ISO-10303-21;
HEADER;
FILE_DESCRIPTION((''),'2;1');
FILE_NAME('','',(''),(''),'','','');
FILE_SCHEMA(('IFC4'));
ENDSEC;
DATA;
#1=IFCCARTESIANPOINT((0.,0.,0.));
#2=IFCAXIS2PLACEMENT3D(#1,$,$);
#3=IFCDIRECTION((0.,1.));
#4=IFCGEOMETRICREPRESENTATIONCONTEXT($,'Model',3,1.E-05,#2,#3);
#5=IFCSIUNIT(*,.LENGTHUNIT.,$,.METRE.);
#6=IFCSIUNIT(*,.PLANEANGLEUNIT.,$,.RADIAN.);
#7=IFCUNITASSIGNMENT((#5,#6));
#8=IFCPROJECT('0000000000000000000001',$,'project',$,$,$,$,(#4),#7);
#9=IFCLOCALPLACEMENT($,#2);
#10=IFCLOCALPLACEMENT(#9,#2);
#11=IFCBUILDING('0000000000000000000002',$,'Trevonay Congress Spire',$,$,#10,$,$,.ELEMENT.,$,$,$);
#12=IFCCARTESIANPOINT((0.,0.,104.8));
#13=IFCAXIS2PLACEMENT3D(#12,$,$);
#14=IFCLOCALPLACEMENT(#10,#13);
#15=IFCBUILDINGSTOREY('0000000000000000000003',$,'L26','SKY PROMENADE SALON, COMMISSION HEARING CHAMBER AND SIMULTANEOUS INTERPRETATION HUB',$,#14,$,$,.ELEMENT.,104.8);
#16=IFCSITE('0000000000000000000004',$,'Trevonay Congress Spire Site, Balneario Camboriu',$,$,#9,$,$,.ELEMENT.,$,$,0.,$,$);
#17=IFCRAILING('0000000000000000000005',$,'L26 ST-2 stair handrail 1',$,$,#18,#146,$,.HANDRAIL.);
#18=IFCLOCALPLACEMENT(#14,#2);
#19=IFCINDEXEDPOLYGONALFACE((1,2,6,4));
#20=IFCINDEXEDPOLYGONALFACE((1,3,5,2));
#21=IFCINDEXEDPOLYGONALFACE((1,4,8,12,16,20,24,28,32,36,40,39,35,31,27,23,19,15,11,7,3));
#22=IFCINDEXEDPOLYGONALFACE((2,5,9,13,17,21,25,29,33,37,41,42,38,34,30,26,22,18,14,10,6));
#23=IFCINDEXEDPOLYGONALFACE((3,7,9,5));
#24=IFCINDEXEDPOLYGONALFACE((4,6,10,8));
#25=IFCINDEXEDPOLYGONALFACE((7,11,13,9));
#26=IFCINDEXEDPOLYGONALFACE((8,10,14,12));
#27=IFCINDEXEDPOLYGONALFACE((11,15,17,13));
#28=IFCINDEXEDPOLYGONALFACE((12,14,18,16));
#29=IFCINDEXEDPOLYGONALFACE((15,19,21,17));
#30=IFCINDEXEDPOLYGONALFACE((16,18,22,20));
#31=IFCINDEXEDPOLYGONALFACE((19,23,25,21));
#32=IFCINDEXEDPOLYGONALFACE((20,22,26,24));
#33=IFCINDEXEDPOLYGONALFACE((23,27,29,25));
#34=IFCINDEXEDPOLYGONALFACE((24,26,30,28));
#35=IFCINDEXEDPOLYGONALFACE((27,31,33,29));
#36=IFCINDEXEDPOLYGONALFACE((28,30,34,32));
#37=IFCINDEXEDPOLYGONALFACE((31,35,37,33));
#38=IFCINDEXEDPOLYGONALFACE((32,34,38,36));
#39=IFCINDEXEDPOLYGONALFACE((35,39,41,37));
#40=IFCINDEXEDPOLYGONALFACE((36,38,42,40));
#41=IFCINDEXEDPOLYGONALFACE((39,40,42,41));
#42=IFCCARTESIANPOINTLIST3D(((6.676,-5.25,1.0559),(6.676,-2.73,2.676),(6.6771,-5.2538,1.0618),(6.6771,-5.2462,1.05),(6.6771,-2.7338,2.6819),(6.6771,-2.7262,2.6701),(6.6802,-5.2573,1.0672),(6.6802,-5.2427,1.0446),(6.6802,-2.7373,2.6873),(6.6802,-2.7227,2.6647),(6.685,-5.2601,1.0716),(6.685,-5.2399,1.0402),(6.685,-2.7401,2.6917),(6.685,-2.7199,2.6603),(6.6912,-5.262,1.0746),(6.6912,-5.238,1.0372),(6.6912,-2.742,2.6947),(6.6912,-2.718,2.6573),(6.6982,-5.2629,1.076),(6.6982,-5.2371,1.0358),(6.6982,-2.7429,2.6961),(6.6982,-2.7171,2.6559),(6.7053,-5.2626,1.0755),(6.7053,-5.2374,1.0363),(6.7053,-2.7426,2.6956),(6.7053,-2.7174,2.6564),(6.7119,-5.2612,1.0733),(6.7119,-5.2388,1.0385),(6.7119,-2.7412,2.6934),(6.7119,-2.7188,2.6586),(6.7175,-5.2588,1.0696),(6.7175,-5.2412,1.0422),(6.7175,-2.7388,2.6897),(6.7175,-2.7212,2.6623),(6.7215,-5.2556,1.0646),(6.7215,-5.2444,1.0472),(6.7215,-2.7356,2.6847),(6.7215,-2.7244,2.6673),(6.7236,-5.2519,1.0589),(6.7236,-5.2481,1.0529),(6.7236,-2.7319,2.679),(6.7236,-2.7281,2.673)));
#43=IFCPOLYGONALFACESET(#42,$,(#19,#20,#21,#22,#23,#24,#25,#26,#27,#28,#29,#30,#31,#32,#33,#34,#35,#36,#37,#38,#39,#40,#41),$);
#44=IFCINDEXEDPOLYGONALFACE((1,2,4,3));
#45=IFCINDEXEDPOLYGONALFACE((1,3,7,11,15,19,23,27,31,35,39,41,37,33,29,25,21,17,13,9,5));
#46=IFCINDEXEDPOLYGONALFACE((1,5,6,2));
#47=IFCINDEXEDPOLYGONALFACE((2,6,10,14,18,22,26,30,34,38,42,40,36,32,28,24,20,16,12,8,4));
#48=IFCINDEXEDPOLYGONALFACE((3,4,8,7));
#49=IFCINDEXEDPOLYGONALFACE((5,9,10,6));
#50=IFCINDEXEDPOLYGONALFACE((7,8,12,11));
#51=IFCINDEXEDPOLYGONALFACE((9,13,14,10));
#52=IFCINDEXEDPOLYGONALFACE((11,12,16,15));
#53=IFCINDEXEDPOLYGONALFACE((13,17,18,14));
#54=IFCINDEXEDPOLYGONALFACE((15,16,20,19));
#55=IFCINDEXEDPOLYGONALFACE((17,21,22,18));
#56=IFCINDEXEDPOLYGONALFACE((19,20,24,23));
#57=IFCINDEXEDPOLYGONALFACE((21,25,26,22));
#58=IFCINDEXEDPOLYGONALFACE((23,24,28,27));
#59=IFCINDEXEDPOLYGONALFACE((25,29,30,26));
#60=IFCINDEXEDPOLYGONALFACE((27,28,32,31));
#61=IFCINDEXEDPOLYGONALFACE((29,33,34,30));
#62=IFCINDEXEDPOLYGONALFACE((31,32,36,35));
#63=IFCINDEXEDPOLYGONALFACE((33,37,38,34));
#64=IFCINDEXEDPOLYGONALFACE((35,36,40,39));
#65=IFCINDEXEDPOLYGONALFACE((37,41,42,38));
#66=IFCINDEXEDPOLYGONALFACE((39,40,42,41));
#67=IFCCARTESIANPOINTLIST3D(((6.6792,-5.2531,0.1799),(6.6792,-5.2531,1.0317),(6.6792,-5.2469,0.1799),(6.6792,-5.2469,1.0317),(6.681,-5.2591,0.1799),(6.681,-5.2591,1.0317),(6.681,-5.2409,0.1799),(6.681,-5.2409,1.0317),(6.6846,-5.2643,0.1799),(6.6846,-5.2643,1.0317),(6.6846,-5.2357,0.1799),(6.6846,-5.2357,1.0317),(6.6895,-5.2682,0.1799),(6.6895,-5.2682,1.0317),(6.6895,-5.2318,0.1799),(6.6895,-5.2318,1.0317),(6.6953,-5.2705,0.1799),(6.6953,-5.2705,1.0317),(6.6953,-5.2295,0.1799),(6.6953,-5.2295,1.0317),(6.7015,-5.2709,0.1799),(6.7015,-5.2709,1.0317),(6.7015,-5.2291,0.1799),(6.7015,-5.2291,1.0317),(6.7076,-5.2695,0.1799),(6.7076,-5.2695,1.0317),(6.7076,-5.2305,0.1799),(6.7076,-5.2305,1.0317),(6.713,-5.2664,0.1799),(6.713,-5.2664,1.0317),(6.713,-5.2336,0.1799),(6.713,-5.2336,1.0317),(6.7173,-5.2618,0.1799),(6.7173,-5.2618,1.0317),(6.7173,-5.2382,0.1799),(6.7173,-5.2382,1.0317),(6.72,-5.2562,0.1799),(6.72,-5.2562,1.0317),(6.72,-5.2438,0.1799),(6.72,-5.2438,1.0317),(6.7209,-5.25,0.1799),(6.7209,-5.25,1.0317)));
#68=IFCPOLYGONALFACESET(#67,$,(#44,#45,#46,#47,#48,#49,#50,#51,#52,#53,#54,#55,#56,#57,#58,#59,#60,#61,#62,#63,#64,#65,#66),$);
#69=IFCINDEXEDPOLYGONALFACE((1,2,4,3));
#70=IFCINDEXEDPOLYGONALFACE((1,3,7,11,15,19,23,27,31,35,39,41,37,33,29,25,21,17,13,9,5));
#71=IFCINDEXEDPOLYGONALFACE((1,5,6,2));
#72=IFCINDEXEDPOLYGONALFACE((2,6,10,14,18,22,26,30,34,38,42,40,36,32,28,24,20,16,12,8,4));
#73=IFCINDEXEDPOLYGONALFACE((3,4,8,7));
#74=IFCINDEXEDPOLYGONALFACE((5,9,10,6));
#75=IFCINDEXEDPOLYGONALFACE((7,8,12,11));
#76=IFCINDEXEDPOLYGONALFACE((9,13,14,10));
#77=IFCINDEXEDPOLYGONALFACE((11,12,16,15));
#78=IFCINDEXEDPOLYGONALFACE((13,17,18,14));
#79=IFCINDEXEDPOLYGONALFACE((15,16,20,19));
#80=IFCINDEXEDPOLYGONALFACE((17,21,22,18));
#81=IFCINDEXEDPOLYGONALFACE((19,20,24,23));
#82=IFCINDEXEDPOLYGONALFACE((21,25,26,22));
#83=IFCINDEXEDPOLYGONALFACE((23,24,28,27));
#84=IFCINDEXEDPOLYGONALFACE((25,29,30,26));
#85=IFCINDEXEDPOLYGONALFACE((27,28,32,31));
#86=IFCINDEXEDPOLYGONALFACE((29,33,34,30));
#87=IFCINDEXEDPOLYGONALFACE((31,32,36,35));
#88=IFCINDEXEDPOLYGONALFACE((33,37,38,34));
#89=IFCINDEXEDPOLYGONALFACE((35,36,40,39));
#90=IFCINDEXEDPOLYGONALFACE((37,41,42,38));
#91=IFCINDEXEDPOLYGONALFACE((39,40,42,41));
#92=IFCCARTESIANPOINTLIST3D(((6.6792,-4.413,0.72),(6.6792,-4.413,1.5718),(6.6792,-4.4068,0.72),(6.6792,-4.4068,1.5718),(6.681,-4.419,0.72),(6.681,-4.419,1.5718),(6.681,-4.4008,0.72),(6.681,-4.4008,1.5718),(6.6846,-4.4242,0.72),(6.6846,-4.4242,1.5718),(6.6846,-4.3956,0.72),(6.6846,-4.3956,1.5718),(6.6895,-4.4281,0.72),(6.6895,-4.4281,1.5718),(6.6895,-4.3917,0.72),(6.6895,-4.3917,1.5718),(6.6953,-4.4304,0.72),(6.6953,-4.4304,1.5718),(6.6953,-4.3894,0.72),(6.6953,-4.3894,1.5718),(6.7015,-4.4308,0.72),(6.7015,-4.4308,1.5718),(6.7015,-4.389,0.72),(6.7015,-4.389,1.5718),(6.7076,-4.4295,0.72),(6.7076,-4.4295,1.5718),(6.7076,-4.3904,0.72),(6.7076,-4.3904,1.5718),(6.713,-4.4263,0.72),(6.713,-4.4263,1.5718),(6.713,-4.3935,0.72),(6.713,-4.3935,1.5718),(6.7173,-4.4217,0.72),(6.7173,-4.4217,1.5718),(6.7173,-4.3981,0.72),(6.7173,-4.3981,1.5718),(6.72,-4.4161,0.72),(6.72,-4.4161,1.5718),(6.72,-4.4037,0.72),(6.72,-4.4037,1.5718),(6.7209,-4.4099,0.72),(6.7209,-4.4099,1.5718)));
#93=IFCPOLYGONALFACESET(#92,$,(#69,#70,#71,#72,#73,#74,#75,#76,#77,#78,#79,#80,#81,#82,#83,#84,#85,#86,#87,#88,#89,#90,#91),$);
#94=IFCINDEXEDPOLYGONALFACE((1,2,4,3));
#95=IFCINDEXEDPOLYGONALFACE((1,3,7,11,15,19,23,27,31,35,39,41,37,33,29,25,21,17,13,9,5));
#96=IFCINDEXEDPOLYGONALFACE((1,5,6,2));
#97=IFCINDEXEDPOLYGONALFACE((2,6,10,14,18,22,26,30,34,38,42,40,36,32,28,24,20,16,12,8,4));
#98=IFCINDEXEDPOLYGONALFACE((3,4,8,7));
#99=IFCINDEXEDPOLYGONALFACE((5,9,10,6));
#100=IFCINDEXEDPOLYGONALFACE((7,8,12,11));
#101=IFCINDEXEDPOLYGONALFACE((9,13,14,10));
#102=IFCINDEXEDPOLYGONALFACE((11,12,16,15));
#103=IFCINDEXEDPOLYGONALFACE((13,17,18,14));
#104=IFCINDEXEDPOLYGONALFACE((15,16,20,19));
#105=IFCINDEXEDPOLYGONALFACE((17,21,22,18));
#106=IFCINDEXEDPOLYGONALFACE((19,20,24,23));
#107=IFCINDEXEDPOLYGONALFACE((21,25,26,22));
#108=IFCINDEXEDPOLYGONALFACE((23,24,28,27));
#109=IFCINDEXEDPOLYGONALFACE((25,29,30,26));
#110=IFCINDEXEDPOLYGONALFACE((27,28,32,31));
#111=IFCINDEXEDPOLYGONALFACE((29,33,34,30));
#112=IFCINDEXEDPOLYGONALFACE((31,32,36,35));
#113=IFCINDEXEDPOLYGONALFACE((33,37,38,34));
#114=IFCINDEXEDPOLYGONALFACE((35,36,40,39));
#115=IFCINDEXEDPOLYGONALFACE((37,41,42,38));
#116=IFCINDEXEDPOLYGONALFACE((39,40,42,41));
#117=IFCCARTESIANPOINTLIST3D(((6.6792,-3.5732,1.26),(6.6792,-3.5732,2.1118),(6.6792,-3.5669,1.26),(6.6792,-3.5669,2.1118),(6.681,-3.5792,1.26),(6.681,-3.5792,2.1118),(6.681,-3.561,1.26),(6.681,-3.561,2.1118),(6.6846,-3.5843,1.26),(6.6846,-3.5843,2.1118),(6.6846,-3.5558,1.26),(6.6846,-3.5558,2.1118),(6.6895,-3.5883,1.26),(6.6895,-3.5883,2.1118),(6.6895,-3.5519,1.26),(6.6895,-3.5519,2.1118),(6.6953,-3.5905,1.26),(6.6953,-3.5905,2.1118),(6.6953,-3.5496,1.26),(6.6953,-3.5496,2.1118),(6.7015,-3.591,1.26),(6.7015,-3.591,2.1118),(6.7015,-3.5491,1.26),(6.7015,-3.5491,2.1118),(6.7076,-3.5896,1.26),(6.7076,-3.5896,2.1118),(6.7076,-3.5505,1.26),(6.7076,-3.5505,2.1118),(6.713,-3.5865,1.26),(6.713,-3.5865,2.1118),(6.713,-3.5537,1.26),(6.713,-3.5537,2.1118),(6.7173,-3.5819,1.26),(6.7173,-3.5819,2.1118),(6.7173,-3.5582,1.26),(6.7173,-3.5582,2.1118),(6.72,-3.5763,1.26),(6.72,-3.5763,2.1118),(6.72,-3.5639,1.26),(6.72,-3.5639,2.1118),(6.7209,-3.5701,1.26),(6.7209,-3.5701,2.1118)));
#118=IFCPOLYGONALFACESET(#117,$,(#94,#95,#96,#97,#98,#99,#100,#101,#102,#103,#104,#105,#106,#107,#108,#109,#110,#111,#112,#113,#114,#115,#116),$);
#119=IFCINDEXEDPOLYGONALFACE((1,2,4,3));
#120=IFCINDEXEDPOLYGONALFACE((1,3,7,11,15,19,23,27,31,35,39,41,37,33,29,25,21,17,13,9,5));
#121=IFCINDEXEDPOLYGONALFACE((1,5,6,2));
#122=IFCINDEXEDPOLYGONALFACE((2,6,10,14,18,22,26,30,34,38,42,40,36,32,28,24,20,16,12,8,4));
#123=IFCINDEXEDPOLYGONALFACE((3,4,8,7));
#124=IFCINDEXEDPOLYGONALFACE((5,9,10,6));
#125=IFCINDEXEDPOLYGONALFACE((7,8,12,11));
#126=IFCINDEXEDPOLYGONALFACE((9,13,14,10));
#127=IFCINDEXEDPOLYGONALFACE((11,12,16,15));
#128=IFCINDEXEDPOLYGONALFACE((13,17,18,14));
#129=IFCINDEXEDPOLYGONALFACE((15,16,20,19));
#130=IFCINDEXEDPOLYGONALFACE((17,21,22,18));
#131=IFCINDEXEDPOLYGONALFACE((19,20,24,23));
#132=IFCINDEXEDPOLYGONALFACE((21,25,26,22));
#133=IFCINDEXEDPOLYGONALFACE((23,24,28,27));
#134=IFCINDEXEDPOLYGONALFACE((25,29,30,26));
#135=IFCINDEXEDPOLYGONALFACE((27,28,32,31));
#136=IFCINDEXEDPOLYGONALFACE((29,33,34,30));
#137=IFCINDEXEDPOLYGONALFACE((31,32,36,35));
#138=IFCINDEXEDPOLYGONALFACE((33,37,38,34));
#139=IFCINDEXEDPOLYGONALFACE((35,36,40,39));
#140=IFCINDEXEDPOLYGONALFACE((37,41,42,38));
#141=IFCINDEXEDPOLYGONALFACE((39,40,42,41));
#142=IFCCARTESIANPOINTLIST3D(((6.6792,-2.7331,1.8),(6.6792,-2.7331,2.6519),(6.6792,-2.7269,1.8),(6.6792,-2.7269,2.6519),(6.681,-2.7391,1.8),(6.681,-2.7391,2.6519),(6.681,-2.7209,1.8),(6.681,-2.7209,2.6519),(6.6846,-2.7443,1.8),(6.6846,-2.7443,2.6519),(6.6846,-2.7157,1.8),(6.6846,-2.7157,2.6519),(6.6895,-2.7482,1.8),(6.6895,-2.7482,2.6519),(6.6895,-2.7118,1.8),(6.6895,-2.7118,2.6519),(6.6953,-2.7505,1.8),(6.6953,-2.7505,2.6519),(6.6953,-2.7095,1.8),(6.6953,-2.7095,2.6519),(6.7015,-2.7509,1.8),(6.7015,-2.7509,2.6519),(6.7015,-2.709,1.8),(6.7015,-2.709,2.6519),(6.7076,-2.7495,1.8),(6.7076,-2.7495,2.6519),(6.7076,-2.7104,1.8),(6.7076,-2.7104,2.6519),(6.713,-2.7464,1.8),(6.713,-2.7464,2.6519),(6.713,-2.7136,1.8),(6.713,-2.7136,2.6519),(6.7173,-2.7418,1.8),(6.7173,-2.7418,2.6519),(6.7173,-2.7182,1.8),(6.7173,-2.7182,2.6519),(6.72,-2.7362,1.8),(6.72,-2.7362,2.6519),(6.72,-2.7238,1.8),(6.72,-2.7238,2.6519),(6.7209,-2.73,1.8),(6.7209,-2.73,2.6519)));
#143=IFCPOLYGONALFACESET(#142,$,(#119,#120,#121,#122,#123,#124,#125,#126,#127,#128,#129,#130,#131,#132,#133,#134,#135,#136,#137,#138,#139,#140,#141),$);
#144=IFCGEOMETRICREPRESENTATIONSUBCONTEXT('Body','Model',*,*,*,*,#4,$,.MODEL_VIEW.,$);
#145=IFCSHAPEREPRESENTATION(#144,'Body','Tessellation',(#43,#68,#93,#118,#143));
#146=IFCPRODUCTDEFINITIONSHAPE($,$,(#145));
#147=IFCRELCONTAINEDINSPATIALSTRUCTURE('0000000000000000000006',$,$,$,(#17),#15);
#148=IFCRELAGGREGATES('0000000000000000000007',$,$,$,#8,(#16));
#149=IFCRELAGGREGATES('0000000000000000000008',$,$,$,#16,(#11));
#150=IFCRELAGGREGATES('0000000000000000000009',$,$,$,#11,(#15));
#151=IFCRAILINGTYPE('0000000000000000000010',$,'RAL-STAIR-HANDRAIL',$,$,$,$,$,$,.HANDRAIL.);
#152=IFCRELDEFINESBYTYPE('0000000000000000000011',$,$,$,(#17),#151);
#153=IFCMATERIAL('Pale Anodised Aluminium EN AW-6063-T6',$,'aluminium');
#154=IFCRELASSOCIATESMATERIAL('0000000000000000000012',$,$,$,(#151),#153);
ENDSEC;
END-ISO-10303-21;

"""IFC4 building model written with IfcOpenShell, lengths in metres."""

from ifc_helpers import new_model, si_unit, direction, frame, origin, origin_2d, place, context, subcontext, project, spatial, circle, extrude, material, type_object, element, save


model = new_model("IFC4")

# Units and contexts
model_context = context("Model", 3, precision=1e-05, world=origin(), true_north=direction((0.0, 1.0)))
body_context = subcontext(model_context, "Body", "Model", "MODEL_VIEW")
ifc_project = project(units=[si_unit("LENGTHUNIT", "METRE"), si_unit("PLANEANGLEUNIT", "RADIAN")], contexts=[model_context])

# Site, building, storey
site_placement = place(None, origin())
site = spatial("IfcSite", under=ifc_project, at=site_placement, Name="Trevonay Congress Spire Site, Balneario Camboriu", CompositionType="ELEMENT", RefElevation=0.0)
building_placement = place(site_placement, origin())
building = spatial("IfcBuilding", under=site, at=building_placement, Name="Trevonay Congress Spire", CompositionType="ELEMENT")
storey_placement = place(building_placement, frame((0.0, 0.0, 104.8)))
storey = spatial("IfcBuildingStorey", under=building, at=storey_placement, Name="L26", Description="SKY PROMENADE SALON, COMMISSION HEARING CHAMBER AND SIMULTANEOUS INTERPRETATION HUB", CompositionType="ELEMENT", Elevation=104.8)

# Shared definitions
ifc_material_1 = material(Name="Pale Anodised Aluminium EN AW-6063-T6", Category="aluminium")

# Railing
railing_type_1 = type_object("IfcRailingType", Name="RAL-STAIR-HANDRAIL", PredefinedType="HANDRAIL", material=ifc_material_1)
railing_1_placement = place(storey_placement, frame((6.7, -5.25, 0.1799)))
element("IfcRailing", 1, at=railing_1_placement, inside=storey, type_object=railing_type_1, Name="L26 ST-2 stair handrail 1", PredefinedType="HANDRAIL", context=body_context, shape_type="SweptSolid", body=[
    extrude(circle(Radius=0.0239, at=origin_2d()), frame((0.0, 0.0, 0.876), z_axis=(0.0, 0.841163, 0.540782), x_axis=(-1.0, 0.0, 0.0)), (0.0, 0.0, 1.0), 2.9958),
    extrude(circle(Radius=0.021, at=origin_2d()), origin(), (0.0, 0.0, 1.0), 0.8518),
    extrude(circle(Radius=0.021, at=origin_2d()), frame((0.0, 0.8401, 0.54)), (0.0, 0.0, 1.0), 0.8518),
    extrude(circle(Radius=0.021, at=origin_2d()), frame((0.0, 1.6799, 1.0801)), (0.0, 0.0, 1.0), 0.8518),
    extrude(circle(Radius=0.021, at=origin_2d()), frame((0.0, 2.52, 1.6201)), (0.0, 0.0, 1.0), 0.8518),
])

save(model, "model.ifc")
